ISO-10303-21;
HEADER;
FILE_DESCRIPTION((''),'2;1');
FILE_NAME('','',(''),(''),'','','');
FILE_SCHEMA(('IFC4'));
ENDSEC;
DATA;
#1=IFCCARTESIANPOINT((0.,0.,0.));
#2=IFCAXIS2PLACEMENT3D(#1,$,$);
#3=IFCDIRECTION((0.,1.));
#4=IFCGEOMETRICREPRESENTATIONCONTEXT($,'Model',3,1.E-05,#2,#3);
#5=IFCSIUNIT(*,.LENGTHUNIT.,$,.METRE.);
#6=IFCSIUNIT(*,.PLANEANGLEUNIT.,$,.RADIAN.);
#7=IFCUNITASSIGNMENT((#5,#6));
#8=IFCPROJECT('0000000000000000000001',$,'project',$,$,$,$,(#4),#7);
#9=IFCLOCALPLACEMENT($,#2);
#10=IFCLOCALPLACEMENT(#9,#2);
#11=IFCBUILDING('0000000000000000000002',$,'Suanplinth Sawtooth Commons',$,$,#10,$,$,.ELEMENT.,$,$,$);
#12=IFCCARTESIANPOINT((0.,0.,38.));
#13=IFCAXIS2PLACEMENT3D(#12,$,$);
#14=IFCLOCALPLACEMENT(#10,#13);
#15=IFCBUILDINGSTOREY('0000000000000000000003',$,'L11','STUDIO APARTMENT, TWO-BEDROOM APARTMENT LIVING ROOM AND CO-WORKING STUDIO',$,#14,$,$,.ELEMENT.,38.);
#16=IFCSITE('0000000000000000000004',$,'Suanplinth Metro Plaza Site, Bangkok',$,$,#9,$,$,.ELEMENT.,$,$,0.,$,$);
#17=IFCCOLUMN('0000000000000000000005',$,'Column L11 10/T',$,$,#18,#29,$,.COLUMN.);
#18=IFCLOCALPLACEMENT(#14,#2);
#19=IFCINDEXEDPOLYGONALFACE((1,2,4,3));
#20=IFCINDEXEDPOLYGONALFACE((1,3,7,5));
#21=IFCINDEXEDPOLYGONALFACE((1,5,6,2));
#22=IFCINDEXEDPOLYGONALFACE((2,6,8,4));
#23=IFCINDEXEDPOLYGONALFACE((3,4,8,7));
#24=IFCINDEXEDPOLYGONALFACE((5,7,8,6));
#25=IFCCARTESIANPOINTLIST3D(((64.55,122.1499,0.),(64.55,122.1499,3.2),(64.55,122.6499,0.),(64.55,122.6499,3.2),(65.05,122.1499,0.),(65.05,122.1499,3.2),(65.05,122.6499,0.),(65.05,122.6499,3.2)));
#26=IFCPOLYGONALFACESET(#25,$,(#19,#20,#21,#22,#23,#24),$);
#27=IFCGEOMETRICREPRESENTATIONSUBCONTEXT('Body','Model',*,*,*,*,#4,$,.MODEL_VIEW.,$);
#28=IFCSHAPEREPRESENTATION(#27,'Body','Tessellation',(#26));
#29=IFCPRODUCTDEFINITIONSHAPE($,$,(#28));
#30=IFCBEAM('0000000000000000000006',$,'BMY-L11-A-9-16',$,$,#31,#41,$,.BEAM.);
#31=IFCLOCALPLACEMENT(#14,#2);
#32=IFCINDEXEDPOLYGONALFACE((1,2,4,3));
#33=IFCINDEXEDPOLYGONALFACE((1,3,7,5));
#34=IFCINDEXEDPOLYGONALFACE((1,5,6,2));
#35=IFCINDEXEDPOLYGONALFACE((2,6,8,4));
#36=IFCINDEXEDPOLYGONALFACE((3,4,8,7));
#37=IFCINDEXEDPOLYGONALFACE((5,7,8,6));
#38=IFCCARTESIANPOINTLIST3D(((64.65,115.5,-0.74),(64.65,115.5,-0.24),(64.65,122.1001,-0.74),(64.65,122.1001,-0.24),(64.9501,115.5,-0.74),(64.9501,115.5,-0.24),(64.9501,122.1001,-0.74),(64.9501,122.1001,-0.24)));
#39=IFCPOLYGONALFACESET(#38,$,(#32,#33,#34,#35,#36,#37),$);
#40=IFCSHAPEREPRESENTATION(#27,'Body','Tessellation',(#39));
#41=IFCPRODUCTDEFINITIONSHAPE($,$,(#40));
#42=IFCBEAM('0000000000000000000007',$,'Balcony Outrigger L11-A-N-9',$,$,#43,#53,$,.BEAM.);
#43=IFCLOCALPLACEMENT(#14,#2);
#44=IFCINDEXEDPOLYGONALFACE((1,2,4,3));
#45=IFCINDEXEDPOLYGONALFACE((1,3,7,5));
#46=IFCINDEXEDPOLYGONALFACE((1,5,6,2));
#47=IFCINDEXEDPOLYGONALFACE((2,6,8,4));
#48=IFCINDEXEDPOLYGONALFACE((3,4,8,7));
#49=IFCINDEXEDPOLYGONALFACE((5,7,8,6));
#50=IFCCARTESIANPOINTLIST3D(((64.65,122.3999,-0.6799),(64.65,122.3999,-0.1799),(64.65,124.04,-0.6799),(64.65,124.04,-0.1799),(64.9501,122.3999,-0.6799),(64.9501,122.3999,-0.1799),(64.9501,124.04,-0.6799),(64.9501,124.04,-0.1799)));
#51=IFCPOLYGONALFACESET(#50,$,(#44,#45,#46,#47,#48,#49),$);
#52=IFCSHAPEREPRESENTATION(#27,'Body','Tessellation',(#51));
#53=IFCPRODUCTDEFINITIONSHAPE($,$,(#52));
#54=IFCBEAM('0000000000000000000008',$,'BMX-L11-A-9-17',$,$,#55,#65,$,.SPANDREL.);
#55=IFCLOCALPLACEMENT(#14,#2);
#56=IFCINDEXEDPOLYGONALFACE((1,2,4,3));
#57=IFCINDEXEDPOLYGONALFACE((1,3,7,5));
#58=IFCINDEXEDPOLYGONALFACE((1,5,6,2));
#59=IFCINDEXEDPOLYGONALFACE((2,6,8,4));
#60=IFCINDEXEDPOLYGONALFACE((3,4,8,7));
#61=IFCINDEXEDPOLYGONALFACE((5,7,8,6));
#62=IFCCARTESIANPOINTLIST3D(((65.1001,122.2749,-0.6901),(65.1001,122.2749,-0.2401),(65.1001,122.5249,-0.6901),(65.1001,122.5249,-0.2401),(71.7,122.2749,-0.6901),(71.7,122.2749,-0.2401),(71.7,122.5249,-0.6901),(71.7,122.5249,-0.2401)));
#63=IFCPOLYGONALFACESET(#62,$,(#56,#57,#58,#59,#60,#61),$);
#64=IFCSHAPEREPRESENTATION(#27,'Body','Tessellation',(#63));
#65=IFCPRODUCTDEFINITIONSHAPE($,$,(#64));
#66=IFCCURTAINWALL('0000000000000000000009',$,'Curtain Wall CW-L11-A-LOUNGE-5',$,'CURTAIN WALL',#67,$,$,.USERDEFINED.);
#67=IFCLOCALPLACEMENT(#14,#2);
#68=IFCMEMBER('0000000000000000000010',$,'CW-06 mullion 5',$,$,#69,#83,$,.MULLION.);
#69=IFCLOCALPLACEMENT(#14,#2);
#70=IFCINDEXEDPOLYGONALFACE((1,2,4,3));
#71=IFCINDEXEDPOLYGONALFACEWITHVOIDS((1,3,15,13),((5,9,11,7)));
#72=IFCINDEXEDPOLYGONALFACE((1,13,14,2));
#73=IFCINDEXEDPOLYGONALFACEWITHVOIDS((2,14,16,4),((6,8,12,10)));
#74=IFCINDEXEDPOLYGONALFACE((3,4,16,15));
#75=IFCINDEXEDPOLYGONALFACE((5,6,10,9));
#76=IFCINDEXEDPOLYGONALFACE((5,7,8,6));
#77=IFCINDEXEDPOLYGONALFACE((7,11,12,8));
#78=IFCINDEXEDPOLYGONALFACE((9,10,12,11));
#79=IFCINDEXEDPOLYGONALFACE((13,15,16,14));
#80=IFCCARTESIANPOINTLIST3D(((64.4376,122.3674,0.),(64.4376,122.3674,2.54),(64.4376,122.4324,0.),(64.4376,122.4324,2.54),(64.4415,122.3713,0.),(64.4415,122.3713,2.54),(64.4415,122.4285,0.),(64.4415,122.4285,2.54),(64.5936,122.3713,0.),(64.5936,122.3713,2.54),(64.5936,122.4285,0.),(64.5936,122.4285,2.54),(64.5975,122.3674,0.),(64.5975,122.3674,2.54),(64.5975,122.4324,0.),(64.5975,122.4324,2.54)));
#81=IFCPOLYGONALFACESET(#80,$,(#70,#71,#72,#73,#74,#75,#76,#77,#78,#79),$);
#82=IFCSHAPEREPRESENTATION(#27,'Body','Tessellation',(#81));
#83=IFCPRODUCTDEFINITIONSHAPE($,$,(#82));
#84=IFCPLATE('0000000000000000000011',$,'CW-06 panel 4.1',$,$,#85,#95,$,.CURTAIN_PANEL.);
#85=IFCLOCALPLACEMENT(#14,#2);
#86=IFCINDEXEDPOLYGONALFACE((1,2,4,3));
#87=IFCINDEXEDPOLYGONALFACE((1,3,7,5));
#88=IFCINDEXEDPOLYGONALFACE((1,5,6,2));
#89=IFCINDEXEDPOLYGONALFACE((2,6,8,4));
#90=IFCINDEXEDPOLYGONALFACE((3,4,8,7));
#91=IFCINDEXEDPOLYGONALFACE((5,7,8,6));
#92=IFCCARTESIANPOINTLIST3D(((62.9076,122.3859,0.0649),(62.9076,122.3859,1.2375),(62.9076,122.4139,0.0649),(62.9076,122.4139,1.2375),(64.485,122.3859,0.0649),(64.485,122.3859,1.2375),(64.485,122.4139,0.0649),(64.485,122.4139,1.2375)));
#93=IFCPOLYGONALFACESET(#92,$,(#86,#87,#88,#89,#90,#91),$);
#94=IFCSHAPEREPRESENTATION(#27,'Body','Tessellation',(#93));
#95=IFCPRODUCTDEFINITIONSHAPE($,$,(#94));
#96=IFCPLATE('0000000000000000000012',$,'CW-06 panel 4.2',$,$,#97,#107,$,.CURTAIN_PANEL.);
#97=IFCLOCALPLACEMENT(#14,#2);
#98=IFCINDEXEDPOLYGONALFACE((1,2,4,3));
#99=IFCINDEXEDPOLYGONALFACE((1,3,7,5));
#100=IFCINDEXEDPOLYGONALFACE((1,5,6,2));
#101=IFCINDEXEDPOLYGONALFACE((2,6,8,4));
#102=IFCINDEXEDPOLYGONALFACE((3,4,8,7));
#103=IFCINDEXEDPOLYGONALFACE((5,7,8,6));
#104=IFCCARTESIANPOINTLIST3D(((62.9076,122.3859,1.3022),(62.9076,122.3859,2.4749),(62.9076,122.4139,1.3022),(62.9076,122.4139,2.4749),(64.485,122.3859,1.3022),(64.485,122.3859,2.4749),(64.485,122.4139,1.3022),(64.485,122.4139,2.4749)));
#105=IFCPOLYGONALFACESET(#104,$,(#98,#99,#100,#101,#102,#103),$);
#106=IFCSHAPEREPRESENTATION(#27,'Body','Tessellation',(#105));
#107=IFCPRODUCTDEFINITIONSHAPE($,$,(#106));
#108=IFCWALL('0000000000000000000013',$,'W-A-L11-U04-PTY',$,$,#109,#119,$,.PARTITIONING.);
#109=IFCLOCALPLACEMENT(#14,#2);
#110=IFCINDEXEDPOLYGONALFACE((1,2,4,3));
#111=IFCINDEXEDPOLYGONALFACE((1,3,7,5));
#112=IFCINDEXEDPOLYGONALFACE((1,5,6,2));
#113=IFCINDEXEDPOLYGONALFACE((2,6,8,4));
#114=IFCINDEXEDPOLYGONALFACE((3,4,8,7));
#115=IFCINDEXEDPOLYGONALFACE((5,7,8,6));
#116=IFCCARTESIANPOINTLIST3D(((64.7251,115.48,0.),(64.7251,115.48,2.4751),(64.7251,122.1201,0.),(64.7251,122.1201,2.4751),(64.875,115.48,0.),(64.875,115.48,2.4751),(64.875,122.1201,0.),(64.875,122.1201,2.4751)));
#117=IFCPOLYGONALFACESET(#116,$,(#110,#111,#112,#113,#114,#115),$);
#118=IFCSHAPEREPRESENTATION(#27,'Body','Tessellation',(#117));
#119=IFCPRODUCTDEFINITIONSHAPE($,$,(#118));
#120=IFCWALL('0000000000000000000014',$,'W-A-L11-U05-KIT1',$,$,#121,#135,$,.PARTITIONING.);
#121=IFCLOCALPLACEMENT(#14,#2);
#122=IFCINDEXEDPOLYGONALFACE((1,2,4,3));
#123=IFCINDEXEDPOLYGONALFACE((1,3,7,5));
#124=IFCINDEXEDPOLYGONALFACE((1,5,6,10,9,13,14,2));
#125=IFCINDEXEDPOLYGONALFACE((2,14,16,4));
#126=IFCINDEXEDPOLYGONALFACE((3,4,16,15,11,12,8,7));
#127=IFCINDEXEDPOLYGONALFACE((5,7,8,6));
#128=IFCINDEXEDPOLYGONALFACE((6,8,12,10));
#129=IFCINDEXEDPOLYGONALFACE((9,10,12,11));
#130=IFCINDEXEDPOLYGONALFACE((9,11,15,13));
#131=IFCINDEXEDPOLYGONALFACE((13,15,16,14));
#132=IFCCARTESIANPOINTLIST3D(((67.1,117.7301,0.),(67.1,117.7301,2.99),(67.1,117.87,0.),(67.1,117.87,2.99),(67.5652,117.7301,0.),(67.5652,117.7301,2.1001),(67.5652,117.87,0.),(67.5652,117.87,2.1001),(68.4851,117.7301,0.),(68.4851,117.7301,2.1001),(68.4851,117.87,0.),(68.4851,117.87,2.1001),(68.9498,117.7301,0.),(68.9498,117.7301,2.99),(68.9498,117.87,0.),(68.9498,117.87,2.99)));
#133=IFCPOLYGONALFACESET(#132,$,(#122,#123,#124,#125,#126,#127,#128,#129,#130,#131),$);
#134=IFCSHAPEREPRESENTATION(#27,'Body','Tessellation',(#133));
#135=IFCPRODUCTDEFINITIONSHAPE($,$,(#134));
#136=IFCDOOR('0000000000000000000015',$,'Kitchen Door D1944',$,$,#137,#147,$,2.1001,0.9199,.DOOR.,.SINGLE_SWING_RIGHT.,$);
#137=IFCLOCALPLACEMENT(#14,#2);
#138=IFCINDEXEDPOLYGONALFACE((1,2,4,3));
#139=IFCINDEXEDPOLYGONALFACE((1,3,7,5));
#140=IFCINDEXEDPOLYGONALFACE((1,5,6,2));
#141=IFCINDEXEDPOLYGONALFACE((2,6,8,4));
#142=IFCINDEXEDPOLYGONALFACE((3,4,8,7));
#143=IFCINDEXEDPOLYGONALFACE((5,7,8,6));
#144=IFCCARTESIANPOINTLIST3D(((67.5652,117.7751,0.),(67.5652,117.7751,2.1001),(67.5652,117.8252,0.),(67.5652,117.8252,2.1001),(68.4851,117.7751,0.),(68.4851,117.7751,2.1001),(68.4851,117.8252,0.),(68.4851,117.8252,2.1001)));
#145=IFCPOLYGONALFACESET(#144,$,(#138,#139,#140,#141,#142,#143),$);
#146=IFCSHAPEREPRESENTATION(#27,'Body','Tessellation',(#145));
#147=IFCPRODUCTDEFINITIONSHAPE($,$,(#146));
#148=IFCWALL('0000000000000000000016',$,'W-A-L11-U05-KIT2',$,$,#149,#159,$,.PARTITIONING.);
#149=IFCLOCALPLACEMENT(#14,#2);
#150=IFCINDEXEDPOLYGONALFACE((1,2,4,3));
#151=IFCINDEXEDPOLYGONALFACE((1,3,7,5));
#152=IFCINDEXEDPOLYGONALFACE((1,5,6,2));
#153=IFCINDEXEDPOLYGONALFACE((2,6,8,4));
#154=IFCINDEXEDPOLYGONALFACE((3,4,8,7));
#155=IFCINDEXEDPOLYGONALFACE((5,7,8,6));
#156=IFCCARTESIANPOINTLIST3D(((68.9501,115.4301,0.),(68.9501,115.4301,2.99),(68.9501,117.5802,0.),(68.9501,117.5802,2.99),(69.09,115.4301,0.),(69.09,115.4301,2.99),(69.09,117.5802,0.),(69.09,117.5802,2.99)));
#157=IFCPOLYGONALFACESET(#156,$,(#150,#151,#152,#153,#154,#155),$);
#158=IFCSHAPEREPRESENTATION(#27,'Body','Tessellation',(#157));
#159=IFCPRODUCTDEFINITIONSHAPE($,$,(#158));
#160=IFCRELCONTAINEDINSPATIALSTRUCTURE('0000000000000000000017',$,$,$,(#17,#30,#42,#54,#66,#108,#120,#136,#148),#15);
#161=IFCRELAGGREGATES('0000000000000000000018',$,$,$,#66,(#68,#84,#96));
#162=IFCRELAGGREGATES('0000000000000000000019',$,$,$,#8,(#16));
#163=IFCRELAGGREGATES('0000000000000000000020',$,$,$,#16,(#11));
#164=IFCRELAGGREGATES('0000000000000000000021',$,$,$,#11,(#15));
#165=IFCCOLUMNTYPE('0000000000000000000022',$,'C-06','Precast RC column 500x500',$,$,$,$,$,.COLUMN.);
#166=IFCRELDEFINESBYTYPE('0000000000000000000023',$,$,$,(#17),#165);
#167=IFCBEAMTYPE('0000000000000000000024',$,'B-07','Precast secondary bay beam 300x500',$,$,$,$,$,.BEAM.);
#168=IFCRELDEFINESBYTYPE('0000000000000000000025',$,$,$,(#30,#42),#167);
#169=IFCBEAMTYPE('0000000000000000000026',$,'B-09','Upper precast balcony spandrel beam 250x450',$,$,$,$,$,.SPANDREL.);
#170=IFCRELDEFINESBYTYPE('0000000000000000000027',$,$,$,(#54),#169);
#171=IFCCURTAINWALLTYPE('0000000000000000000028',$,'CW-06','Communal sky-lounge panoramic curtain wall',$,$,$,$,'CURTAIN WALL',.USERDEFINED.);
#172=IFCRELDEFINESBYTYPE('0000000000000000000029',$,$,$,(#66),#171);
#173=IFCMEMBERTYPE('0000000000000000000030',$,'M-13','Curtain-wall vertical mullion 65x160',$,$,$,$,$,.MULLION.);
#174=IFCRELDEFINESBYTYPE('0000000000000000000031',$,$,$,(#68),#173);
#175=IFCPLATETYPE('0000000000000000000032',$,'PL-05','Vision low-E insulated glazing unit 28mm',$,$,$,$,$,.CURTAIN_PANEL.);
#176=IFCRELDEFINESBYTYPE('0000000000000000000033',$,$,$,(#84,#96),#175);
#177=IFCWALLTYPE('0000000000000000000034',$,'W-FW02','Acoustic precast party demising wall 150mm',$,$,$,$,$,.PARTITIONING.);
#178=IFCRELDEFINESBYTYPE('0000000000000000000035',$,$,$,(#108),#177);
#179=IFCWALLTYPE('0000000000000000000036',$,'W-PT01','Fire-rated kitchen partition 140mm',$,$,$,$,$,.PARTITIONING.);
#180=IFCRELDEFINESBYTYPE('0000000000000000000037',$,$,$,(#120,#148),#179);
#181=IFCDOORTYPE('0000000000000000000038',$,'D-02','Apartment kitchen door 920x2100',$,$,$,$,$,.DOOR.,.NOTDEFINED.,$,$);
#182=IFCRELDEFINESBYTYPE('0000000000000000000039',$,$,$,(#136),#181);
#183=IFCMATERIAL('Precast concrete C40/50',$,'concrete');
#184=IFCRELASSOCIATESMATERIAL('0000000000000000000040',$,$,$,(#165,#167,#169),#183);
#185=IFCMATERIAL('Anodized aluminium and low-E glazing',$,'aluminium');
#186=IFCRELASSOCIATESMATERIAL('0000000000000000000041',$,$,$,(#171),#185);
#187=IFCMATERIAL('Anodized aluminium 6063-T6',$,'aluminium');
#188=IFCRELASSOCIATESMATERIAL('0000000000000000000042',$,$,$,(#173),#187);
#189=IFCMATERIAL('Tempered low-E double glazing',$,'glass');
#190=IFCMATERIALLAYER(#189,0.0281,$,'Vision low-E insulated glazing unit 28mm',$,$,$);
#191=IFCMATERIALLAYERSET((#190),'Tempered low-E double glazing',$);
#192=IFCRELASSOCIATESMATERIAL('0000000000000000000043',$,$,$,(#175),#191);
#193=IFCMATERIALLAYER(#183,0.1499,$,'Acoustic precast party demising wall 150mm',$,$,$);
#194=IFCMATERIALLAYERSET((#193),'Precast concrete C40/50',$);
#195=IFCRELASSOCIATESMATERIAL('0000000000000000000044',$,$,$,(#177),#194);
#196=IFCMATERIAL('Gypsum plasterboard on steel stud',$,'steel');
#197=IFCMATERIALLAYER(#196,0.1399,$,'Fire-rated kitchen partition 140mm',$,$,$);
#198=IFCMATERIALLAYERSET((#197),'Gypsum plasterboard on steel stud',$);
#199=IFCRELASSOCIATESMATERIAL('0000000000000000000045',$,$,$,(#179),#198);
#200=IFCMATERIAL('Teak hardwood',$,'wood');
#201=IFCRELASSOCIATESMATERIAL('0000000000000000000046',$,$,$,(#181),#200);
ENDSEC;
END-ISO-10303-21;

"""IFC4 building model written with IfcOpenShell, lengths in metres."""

from ifc_helpers import new_model, si_unit, direction, frame, frame_2d, origin, origin_2d, place, context, subcontext, project, spatial, rectangle, hollow_rectangle, extrude, material, layer, layer_set, material_profile, profile_set, type_object, element, fill, aggregate, save


model = new_model("IFC4")

# Units and contexts
model_context = context("Model", 3, precision=1e-05, world=origin(), true_north=direction((0.0, 1.0)))
body_context = subcontext(model_context, "Body", "Model", "MODEL_VIEW")
ifc_project = project(units=[si_unit("LENGTHUNIT", "METRE"), si_unit("PLANEANGLEUNIT", "RADIAN")], contexts=[model_context])

# Site, building, storey
site_placement = place(None, origin())
site = spatial("IfcSite", under=ifc_project, at=site_placement, Name="Suanplinth Metro Plaza Site, Bangkok", CompositionType="ELEMENT", RefElevation=0.0)
building_placement = place(site_placement, origin())
building = spatial("IfcBuilding", under=site, at=building_placement, Name="Suanplinth Sawtooth Commons", CompositionType="ELEMENT")
storey_placement = place(building_placement, frame((0.0, 0.0, 38.0)))
storey = spatial("IfcBuildingStorey", under=building, at=storey_placement, Name="L11", Description="STUDIO APARTMENT, TWO-BEDROOM APARTMENT LIVING ROOM AND CO-WORKING STUDIO", CompositionType="ELEMENT", Elevation=38.0)

# Column
ifc_material_1 = material(Name="Precast concrete C40/50", Category="concrete")
ifc_material_profile_1 = material_profile(ifc_material_1, rectangle(XDim=0.5, YDim=0.5, at=origin_2d()), Name="PC-COL 500x500")
ifc_profile_set_1 = profile_set([ifc_material_profile_1], Name="Precast concrete C40/50")
column_type = type_object("IfcColumnType", Name="C-06", Description="Precast RC column 500x500", PredefinedType="COLUMN", material=ifc_profile_set_1)
column_placement = place(storey_placement, frame((64.8, 122.3999, 0.0), z_axis=(0.0, 0.0, 1.0), x_axis=(1.0, 0.0, 0.0)))
element("IfcColumn", 1, at=column_placement, inside=storey, type_object=column_type, Name="Column L11 10/T", PredefinedType="COLUMN", context=body_context, shape_type="SweptSolid", body=[
    extrude(rectangle(XDim=0.5, YDim=0.5, at=origin_2d()), origin(), (0.0, 0.0, 1.0), 3.2),
])

# Beams
ifc_material_profile_2 = material_profile(ifc_material_1, rectangle(XDim=0.3, YDim=0.5, at=origin_2d()), Name="PC-BM 300x500")
ifc_profile_set_2 = profile_set([ifc_material_profile_2], Name="Precast concrete C40/50")
beam_type_1 = type_object("IfcBeamType", Name="B-07", Description="Precast secondary bay beam 300x500", PredefinedType="BEAM", material=ifc_profile_set_2)
beam_1_placement = place(storey_placement, frame((64.8, 115.5, -0.49), z_axis=(0.0, 1.0, 0.0), x_axis=(-1.0, 0.0, 0.0)))
element("IfcBeam", 2, at=beam_1_placement, inside=storey, type_object=beam_type_1, Name="BMY-L11-A-9-16", PredefinedType="BEAM", context=body_context, shape_type="SweptSolid", body=[
    extrude(rectangle(XDim=0.3, YDim=0.5, at=origin_2d()), origin(), (0.0, 0.0, 1.0), 6.6001),
])
beam_2_placement = place(storey_placement, frame((64.8, 122.3999, -0.4299), z_axis=(0.0, 1.0, 0.0), x_axis=(-1.0, 0.0, 0.0)))
element("IfcBeam", 3, at=beam_2_placement, inside=storey, type_object=beam_type_1, Name="Balcony Outrigger L11-A-N-9", PredefinedType="BEAM", context=body_context, shape_type="SweptSolid", body=[
    extrude(rectangle(XDim=0.3, YDim=0.5, at=origin_2d()), origin(), (0.0, 0.0, 1.0), 1.6401),
])
ifc_material_profile_3 = material_profile(ifc_material_1, rectangle(XDim=0.25, YDim=0.45, at=origin_2d()), Name="PC-SP 250x450")
ifc_profile_set_3 = profile_set([ifc_material_profile_3], Name="Precast concrete C40/50")
beam_type_2 = type_object("IfcBeamType", Name="B-09", Description="Upper precast balcony spandrel beam 250x450", PredefinedType="SPANDREL", material=ifc_profile_set_3)
beam_3_placement = place(storey_placement, frame((65.1001, 122.3999, -0.4651), z_axis=(1.0, 0.0, 0.0), x_axis=(0.0, 1.0, 0.0)))
element("IfcBeam", 4, at=beam_3_placement, inside=storey, type_object=beam_type_2, Name="BMX-L11-A-9-17", PredefinedType="SPANDREL", context=body_context, shape_type="SweptSolid", body=[
    extrude(rectangle(XDim=0.25, YDim=0.45, at=origin_2d()), origin(), (0.0, 0.0, 1.0), 6.5999),
])

# Curtain wall, member, plates
ifc_material_2 = material(Name="Anodized aluminium and low-E glazing", Category="aluminium")
curtain_wall_type = type_object("IfcCurtainWallType", Name="CW-06", Description="Communal sky-lounge panoramic curtain wall", ElementType="CURTAIN WALL", PredefinedType="USERDEFINED", material=ifc_material_2)
curtain_wall_placement = place(storey_placement, origin())
curtain_wall = element("IfcCurtainWall", 5, at=curtain_wall_placement, inside=storey, type_object=curtain_wall_type, Name="Curtain Wall CW-L11-A-LOUNGE-5", ObjectType="CURTAIN WALL", PredefinedType="USERDEFINED")
ifc_material_3 = material(Name="Anodized aluminium 6063-T6", Category="aluminium")
ifc_material_profile_4 = material_profile(ifc_material_3, hollow_rectangle(XDim=0.0649, YDim=0.1599, WallThickness=0.0039, at=origin_2d()), Name="ALU-MUL 65x160")
ifc_profile_set_4 = profile_set([ifc_material_profile_4], Name="Anodized aluminium 6063-T6")
member_type = type_object("IfcMemberType", Name="M-13", Description="Curtain-wall vertical mullion 65x160", PredefinedType="MULLION", material=ifc_profile_set_4)
member_placement = place(storey_placement, frame((64.5176, 122.3999, 0.0), z_axis=(0.0, 0.0, 1.0), x_axis=(0.0, 1.0, 0.0)))
member = element("IfcMember", 6, at=member_placement, type_object=member_type, Name="CW-06 mullion 5", PredefinedType="MULLION", context=body_context, shape_type="SweptSolid", body=[
    extrude(hollow_rectangle(XDim=0.0649, YDim=0.1599, WallThickness=0.0039, at=origin_2d()), origin(), (0.0, 0.0, 1.0), 2.54),
])
ifc_material_4 = material(Name="Tempered low-E double glazing", Category="glass")
ifc_layer_1 = layer(ifc_material_4, 0.0281, Name="Vision low-E insulated glazing unit 28mm")
ifc_layer_set_1 = layer_set([ifc_layer_1], Name="Tempered low-E double glazing")
plate_type = type_object("IfcPlateType", Name="PL-05", Description="Vision low-E insulated glazing unit 28mm", PredefinedType="CURTAIN_PANEL", material=ifc_layer_set_1)
plate_1_placement = place(storey_placement, frame((63.6963, 122.3999, 0.0649), z_axis=(0.0, 0.0, 1.0), x_axis=(1.0, 0.0, 0.0)))
plate_1 = element("IfcPlate", 7, at=plate_1_placement, type_object=plate_type, Name="CW-06 panel 4.1", PredefinedType="CURTAIN_PANEL", context=body_context, shape_type="SweptSolid", body=[
    extrude(rectangle(XDim=1.5774, YDim=0.0281, at=origin_2d()), origin(), (0.0, 0.0, 1.0), 1.1726),
])
plate_2_placement = place(storey_placement, frame((63.6963, 122.3999, 1.3022), z_axis=(0.0, 0.0, 1.0), x_axis=(1.0, 0.0, 0.0)))
plate_2 = element("IfcPlate", 8, at=plate_2_placement, type_object=plate_type, Name="CW-06 panel 4.2", PredefinedType="CURTAIN_PANEL", context=body_context, shape_type="SweptSolid", body=[
    extrude(rectangle(XDim=1.5774, YDim=0.0281, at=origin_2d()), origin(), (0.0, 0.0, 1.0), 1.1726),
])
aggregate(curtain_wall, [member, plate_1, plate_2])

# Wall
ifc_layer_2 = layer(ifc_material_1, 0.1499, Name="Acoustic precast party demising wall 150mm")
ifc_layer_set_2 = layer_set([ifc_layer_2], Name="Precast concrete C40/50")
wall_type_1 = type_object("IfcWallType", Name="W-FW02", Description="Acoustic precast party demising wall 150mm", PredefinedType="PARTITIONING", material=ifc_layer_set_2)
wall_1_placement = place(storey_placement, frame((64.8, 115.48, 0.0), z_axis=(0.0, 0.0, 1.0), x_axis=(0.0, 1.0, 0.0)))
element("IfcWall", 9, at=wall_1_placement, inside=storey, type_object=wall_type_1, Name="W-A-L11-U04-PTY", PredefinedType="PARTITIONING", context=body_context, shape_type="SweptSolid", body=[
    extrude(rectangle(XDim=6.6401, YDim=0.1499, at=frame_2d((3.3201, 0.0))), origin(), (0.0, 0.0, 1.0), 2.4751),
])

# Wall, opening, door
ifc_material_5 = material(Name="Gypsum plasterboard on steel stud", Category="steel")
ifc_layer_3 = layer(ifc_material_5, 0.1399, Name="Fire-rated kitchen partition 140mm")
ifc_layer_set_3 = layer_set([ifc_layer_3], Name="Gypsum plasterboard on steel stud")
wall_type_2 = type_object("IfcWallType", Name="W-PT01", Description="Fire-rated kitchen partition 140mm", PredefinedType="PARTITIONING", material=ifc_layer_set_3)
wall_2_placement = place(storey_placement, frame((67.1001, 117.8, 0.0), z_axis=(0.0, 0.0, 1.0), x_axis=(1.0, 0.0, 0.0)))
wall_2 = element("IfcWall", 10, at=wall_2_placement, inside=storey, type_object=wall_type_2, Name="W-A-L11-U05-KIT1", PredefinedType="PARTITIONING", context=body_context, shape_type="SweptSolid", body=[
    extrude(rectangle(XDim=1.8499, YDim=0.1399, at=frame_2d((0.9248, 0.0))), origin(), (0.0, 0.0, 1.0), 2.99),
])
opening_1_placement = place(wall_2_placement, frame((0.4651, 0.0, 0.0)))
opening_1 = element("IfcOpeningElement", 11, at=opening_1_placement, cuts=wall_2, PredefinedType="OPENING", context=body_context, shape_type="SweptSolid", body=[
    extrude(rectangle(XDim=0.9199, YDim=2.1001, at=frame_2d((0.46, 1.05))), frame((0.0, 0.085, 0.0), z_axis=(0.0, -1.0, 0.0), x_axis=(1.0, 0.0, 0.0)), (0.0, 0.0, 1.0), 0.1697),
])
ifc_material_6 = material(Name="Teak hardwood", Category="wood")
door_type_1 = type_object("IfcDoorType", Name="D-02", Description="Apartment kitchen door 920x2100", OperationType="NOTDEFINED", PredefinedType="DOOR", material=ifc_material_6)
door_1_placement = place(opening_1_placement, frame((0.9199, 0.0, 0.0), z_axis=(0.0, 0.0, 1.0), x_axis=(-1.0, 0.0, 0.0)))
door_1 = element("IfcDoor", 12, at=door_1_placement, inside=storey, type_object=door_type_1, Name="Kitchen Door D1944", OperationType="SINGLE_SWING_RIGHT", OverallHeight=2.1001, OverallWidth=0.9199, PredefinedType="DOOR", context=body_context, shape_type="SweptSolid", body=[
    extrude(rectangle(XDim=0.9199, YDim=2.1001, at=frame_2d((0.46, 1.05))), frame((0.0, 0.0249, 0.0), z_axis=(0.0, -1.0, 0.0), x_axis=(1.0, 0.0, 0.0)), (0.0, 0.0, 1.0), 0.05),
])
fill(opening_1, door_1)

# Wall
wall_3_placement = place(storey_placement, frame((69.02, 115.4299, 0.0), z_axis=(0.0, 0.0, 1.0), x_axis=(0.0, 1.0, 0.0)))
element("IfcWall", 13, at=wall_3_placement, inside=storey, type_object=wall_type_2, Name="W-A-L11-U05-KIT2", PredefinedType="PARTITIONING", context=body_context, shape_type="SweptSolid", body=[
    extrude(rectangle(XDim=2.1501, YDim=0.1399, at=frame_2d((1.0752, 0.0))), origin(), (0.0, 0.0, 1.0), 2.99),
])

save(model, "model.ifc")
